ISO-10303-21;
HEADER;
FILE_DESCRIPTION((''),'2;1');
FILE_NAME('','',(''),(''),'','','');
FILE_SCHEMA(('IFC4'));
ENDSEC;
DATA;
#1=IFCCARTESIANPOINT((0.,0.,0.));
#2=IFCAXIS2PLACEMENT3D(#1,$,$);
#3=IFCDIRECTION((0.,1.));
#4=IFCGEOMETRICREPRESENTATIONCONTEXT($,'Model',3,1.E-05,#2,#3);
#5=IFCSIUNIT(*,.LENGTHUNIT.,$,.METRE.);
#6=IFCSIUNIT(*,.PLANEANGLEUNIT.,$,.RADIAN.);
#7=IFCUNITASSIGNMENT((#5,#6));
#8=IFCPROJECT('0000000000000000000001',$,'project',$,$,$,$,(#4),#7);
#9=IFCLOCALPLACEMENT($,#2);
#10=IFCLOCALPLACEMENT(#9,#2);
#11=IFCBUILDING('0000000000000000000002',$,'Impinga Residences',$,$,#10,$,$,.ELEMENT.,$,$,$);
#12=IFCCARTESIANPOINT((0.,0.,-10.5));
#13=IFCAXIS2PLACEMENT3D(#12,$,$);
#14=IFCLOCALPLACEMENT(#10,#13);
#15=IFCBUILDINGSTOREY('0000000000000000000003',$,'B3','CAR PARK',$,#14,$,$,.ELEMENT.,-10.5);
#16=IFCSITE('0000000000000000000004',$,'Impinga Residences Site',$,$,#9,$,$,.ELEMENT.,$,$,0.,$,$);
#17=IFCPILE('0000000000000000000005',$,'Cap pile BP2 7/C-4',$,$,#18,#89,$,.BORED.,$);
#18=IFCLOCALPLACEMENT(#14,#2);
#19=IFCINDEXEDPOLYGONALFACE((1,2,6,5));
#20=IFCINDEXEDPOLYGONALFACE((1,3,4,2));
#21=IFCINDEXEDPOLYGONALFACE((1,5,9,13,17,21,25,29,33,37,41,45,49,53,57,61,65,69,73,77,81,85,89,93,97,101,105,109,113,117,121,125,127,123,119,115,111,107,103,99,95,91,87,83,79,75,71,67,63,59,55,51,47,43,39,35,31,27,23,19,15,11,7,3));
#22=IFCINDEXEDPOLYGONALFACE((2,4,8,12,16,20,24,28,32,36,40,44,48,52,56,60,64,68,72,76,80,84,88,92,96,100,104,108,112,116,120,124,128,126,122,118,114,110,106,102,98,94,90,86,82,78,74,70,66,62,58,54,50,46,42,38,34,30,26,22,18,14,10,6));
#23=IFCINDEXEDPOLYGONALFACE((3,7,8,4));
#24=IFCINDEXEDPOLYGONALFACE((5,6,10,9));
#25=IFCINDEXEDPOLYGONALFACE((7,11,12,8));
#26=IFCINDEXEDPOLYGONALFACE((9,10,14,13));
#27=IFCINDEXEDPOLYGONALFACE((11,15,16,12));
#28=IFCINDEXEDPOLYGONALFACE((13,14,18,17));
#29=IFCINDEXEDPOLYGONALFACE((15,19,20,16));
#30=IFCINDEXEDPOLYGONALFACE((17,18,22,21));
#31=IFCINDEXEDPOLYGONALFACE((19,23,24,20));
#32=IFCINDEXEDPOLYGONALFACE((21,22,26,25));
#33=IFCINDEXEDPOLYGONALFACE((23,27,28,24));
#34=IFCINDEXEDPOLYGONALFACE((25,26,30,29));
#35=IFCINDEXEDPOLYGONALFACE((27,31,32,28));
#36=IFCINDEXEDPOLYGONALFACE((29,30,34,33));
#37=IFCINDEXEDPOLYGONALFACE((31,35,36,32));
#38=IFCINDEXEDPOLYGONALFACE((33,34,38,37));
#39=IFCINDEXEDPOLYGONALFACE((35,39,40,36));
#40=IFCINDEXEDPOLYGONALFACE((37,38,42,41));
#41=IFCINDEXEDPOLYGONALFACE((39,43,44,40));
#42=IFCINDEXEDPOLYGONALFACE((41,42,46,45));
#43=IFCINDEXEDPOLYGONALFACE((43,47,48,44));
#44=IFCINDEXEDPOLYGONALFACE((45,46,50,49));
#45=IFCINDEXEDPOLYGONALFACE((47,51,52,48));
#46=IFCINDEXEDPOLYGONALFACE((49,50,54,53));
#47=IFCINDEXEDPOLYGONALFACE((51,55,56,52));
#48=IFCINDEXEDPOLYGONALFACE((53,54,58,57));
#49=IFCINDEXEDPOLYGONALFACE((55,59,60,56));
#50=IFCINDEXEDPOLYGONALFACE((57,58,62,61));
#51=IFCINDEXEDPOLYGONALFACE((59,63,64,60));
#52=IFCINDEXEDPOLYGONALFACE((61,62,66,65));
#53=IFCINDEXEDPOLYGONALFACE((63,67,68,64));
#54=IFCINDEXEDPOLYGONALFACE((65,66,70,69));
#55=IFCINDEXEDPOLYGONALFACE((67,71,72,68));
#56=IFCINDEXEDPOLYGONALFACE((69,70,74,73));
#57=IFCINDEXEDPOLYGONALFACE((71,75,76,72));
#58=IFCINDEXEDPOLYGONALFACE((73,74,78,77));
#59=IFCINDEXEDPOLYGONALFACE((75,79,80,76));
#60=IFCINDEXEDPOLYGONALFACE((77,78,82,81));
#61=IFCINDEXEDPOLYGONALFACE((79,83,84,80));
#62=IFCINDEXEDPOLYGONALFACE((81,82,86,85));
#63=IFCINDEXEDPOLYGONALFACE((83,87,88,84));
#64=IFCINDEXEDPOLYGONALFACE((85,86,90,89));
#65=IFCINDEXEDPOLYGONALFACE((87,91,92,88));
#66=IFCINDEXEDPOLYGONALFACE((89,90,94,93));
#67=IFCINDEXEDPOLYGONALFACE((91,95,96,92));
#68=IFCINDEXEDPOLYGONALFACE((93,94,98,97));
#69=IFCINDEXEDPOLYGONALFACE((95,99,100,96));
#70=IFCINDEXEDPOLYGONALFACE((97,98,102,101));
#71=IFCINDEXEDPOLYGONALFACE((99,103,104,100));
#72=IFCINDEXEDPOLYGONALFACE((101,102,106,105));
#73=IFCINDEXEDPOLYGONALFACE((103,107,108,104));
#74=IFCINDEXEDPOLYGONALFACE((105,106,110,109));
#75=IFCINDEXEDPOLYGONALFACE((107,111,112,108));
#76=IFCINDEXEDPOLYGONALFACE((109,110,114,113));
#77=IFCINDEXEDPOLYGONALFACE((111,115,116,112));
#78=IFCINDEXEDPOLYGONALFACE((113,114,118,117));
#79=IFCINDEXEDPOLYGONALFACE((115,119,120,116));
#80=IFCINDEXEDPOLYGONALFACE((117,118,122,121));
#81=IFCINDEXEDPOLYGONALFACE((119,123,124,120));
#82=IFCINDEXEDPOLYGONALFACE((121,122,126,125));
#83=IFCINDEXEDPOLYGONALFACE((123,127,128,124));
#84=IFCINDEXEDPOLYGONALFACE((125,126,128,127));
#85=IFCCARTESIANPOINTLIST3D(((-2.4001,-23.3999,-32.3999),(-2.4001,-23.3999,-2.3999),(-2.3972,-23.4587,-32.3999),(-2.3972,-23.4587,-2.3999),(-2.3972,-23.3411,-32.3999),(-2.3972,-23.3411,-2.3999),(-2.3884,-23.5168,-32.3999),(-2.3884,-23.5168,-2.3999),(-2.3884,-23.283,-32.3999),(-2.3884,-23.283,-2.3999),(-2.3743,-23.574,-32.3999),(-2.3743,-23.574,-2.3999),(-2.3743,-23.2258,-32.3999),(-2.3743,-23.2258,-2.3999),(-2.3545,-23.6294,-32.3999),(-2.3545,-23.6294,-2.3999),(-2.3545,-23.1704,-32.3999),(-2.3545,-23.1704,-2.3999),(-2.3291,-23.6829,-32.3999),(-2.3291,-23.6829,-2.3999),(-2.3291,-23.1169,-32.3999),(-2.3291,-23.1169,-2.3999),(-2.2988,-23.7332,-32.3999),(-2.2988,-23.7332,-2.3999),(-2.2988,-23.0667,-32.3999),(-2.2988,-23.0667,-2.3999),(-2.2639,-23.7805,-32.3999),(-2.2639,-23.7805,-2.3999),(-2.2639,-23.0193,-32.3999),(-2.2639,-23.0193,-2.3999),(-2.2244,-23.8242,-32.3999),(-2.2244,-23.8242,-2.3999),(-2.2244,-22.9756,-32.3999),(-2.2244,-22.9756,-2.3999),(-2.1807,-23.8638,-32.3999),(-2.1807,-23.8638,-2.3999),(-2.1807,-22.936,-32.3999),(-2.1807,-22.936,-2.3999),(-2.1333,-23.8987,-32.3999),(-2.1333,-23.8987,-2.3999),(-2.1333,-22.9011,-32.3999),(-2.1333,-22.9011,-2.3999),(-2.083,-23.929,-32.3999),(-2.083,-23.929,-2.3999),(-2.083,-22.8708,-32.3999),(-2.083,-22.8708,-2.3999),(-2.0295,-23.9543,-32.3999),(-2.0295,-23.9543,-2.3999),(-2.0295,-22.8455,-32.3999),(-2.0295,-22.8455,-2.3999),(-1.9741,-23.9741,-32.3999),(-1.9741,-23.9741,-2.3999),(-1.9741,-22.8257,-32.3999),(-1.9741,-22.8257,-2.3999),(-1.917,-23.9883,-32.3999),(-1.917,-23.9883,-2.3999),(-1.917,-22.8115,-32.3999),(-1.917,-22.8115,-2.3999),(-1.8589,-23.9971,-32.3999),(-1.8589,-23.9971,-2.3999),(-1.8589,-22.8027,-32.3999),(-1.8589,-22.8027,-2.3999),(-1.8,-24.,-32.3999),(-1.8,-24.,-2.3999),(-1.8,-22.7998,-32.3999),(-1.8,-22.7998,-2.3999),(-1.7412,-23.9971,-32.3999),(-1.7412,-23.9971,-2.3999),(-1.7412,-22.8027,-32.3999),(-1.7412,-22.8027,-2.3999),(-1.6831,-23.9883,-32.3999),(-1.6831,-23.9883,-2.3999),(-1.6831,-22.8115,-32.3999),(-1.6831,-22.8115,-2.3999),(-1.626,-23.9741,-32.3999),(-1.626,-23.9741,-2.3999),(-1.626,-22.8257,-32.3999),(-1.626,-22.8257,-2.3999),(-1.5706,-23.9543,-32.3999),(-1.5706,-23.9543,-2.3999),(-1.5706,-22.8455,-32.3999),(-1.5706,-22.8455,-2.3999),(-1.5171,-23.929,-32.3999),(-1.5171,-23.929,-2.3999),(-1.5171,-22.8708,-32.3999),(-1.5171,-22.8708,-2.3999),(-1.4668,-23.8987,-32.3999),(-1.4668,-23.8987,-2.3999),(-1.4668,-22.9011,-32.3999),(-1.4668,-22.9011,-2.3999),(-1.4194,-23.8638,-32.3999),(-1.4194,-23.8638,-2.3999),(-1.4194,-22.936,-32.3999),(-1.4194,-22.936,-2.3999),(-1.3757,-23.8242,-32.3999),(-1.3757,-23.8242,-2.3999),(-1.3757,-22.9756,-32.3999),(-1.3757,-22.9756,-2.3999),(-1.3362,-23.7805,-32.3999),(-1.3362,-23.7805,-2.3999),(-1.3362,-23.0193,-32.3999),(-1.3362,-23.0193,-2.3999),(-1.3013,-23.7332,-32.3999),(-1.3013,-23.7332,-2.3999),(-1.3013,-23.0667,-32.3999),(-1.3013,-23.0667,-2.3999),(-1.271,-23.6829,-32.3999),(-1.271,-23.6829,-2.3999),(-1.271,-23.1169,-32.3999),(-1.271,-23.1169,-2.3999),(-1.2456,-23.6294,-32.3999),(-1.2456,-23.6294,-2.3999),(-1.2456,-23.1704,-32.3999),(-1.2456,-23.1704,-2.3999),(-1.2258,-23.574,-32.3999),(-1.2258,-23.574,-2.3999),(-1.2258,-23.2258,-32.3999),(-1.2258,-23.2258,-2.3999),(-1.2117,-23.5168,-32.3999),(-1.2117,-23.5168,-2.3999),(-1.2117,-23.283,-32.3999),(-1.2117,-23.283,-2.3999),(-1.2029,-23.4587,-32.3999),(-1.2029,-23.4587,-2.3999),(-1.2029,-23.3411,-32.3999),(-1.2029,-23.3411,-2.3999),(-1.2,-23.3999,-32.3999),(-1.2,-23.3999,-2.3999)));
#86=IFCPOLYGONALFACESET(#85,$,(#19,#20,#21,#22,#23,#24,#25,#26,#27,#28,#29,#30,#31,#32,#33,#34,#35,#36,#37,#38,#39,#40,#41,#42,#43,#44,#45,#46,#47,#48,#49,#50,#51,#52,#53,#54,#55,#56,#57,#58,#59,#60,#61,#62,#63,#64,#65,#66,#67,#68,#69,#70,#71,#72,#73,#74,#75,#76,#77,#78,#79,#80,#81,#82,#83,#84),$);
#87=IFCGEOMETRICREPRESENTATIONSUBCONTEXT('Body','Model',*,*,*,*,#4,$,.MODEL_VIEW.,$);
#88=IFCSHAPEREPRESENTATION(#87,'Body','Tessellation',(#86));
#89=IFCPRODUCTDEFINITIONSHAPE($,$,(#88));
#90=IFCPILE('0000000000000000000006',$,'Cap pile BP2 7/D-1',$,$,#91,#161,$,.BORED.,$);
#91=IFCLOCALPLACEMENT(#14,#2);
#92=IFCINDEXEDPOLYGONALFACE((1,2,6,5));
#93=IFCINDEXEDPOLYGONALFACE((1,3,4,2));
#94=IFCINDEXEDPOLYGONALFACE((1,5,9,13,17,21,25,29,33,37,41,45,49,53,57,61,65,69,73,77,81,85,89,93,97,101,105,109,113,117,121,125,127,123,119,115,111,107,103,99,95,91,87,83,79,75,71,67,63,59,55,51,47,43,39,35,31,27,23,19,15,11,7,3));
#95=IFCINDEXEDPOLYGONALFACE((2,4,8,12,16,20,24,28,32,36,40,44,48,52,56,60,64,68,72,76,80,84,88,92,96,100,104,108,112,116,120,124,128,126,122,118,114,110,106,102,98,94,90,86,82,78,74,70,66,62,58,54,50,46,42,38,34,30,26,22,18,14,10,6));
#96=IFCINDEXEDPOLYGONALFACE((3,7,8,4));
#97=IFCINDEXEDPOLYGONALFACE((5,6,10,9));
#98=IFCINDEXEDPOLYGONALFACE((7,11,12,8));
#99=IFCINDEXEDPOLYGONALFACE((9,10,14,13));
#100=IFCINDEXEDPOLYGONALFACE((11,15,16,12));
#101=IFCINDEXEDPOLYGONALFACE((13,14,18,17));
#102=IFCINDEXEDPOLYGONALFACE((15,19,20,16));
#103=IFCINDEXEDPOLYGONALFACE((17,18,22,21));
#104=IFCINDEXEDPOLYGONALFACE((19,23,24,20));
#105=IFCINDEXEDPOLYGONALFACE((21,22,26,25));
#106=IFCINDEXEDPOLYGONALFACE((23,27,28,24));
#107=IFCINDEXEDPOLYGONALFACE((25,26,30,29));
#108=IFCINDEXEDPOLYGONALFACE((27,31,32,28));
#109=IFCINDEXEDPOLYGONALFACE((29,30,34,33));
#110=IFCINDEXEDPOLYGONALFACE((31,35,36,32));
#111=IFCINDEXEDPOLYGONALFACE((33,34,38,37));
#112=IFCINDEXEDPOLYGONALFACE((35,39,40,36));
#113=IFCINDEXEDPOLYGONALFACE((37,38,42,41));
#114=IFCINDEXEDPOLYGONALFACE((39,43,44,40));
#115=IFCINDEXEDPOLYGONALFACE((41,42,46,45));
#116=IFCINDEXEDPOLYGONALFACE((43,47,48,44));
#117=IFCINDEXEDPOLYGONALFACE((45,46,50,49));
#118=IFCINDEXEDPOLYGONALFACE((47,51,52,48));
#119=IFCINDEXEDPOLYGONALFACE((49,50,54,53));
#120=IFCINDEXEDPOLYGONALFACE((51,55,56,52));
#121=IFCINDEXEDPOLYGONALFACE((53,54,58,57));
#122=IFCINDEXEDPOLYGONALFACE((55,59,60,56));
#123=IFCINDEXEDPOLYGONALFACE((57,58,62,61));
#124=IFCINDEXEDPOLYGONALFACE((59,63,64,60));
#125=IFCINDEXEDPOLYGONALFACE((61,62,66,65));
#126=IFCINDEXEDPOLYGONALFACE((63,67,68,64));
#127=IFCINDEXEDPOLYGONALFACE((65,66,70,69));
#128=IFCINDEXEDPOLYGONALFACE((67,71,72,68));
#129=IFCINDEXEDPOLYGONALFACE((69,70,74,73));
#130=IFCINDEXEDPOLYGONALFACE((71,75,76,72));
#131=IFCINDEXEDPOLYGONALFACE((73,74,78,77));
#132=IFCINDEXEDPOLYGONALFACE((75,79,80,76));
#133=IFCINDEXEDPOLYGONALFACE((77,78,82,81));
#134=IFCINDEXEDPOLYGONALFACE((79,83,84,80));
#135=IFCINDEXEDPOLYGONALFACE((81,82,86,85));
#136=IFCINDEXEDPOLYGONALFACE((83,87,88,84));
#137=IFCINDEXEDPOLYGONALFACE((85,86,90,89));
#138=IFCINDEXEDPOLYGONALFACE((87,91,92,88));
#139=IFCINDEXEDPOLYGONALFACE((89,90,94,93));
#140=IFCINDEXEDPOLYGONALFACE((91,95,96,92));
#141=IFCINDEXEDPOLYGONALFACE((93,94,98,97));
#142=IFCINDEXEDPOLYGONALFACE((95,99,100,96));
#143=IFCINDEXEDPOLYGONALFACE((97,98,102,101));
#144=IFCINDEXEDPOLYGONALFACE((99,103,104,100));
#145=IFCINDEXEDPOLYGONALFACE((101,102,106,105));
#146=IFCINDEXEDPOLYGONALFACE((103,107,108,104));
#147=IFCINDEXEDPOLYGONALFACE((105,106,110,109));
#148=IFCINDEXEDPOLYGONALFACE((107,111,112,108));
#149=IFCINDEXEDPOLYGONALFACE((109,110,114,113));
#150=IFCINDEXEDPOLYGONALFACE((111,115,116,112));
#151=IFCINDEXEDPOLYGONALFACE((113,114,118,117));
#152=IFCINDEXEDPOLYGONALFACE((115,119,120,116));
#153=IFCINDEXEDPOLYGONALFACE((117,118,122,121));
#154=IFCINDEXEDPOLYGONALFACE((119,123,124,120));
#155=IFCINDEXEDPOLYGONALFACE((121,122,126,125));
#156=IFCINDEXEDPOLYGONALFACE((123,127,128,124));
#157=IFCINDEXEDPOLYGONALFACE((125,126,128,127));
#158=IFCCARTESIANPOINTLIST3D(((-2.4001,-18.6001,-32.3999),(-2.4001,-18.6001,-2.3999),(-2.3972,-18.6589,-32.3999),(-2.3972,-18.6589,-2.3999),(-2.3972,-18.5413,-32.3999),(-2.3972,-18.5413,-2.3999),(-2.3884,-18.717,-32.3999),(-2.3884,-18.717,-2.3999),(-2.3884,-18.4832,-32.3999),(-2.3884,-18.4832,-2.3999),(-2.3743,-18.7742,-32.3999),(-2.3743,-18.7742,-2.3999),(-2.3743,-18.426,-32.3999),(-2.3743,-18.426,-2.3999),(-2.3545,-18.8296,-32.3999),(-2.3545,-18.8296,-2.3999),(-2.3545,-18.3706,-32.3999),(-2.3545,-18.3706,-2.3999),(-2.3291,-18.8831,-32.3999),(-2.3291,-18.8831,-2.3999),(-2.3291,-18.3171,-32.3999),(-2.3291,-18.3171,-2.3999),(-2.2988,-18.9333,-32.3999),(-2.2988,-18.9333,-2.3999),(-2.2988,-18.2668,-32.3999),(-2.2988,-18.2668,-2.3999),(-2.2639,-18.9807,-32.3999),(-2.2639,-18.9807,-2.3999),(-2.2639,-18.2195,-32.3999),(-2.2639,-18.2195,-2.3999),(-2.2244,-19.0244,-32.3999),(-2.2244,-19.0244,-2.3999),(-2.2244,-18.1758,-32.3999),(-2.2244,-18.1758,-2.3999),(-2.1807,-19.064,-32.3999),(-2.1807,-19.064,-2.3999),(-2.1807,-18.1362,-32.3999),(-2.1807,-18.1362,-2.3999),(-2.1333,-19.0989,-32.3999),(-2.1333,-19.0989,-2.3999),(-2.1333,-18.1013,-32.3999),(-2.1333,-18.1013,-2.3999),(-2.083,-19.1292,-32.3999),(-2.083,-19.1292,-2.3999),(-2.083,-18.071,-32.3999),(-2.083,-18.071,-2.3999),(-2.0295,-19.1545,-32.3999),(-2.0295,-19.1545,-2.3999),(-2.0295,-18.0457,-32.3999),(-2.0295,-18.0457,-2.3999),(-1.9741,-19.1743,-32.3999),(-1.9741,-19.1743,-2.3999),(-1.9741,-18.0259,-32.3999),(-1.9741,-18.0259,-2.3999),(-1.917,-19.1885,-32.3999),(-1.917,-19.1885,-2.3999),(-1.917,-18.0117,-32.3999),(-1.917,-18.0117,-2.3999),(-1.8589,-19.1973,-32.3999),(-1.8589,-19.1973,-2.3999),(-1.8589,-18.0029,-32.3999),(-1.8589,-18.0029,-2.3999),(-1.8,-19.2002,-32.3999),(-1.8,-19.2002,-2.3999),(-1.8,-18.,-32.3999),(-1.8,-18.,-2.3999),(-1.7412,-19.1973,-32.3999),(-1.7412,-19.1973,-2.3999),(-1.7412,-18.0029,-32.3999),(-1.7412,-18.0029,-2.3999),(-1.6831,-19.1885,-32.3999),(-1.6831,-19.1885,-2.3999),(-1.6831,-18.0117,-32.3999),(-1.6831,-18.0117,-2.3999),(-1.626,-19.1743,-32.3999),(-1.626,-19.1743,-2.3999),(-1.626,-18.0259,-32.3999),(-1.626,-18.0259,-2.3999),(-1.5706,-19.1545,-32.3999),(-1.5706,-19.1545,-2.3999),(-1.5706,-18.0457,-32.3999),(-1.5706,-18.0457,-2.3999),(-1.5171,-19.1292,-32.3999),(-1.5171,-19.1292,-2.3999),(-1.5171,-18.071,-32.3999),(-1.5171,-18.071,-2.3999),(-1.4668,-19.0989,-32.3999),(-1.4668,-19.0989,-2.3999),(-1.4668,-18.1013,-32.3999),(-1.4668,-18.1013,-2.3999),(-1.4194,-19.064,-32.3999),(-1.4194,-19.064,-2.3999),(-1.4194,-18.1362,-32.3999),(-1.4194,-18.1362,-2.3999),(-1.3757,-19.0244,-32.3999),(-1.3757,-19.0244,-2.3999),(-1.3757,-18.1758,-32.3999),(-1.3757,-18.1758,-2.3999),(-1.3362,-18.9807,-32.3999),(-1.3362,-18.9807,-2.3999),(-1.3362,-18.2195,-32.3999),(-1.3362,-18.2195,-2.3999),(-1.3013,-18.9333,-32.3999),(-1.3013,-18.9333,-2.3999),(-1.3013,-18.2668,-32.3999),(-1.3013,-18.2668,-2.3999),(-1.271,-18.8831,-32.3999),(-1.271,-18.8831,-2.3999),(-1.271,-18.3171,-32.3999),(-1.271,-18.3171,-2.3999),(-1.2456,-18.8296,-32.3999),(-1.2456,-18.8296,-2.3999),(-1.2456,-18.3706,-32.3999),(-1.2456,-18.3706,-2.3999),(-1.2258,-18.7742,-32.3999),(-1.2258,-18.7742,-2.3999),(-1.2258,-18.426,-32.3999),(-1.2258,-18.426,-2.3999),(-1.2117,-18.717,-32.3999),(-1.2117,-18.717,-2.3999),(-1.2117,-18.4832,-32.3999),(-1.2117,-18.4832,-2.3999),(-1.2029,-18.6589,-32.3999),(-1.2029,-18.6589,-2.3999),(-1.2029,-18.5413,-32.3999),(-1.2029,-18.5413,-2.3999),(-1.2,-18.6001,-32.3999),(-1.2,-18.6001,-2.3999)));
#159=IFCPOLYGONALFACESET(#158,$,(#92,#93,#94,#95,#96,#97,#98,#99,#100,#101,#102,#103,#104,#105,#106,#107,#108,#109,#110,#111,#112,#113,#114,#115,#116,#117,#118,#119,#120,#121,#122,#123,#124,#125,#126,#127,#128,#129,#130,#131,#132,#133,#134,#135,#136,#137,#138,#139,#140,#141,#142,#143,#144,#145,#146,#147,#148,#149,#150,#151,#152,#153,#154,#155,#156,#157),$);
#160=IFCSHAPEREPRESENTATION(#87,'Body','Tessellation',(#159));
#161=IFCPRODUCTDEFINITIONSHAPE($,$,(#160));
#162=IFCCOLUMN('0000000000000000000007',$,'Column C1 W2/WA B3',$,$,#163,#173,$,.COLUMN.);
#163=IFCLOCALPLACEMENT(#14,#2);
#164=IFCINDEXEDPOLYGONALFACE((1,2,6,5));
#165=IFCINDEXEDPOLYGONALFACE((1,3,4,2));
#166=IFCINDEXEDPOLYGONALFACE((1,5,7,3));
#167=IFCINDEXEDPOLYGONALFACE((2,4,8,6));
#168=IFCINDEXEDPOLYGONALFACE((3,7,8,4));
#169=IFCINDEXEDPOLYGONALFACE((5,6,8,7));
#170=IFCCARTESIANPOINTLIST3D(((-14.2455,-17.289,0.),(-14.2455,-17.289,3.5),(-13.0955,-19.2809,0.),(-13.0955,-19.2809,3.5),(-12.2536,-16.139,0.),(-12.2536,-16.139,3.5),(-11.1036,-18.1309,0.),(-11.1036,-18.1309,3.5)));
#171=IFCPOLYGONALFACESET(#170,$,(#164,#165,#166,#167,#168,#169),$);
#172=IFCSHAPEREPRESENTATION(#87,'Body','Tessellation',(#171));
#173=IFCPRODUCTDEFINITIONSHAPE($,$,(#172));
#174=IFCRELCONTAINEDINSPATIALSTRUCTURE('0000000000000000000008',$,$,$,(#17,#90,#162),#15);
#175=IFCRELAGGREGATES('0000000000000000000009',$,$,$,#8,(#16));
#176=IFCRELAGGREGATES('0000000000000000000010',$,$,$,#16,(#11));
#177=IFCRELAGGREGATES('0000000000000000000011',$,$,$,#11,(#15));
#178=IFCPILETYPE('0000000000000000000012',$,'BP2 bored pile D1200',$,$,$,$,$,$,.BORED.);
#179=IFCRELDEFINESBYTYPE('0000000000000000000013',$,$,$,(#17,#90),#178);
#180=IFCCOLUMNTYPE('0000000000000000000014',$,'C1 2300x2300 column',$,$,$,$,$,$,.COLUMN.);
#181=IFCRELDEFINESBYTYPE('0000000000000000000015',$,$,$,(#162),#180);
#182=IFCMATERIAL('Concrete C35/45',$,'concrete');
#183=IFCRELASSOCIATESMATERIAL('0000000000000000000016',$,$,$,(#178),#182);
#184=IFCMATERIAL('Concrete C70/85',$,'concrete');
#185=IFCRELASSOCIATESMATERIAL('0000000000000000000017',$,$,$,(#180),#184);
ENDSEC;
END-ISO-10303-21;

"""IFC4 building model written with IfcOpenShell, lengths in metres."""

from ifc_helpers import new_model, si_unit, direction, frame, origin, origin_2d, place, context, subcontext, project, spatial, polyline, rectangle, circle, outline, extrude, material, material_profile, profile_set, type_object, element, save


model = new_model("IFC4")

# Units and contexts
model_context = context("Model", 3, precision=1e-05, world=origin(), true_north=direction((0.0, 1.0)))
body_context = subcontext(model_context, "Body", "Model", "MODEL_VIEW")
ifc_project = project(units=[si_unit("LENGTHUNIT", "METRE"), si_unit("PLANEANGLEUNIT", "RADIAN")], contexts=[model_context])

# Site, building, storey
site_placement = place(None, origin())
site = spatial("IfcSite", under=ifc_project, at=site_placement, Name="Impinga Residences Site", CompositionType="ELEMENT", RefElevation=0.0)
building_placement = place(site_placement, origin())
building = spatial("IfcBuilding", under=site, at=building_placement, Name="Impinga Residences", CompositionType="ELEMENT")
storey_placement = place(building_placement, frame((0.0, 0.0, -10.5)))
storey = spatial("IfcBuildingStorey", under=building, at=storey_placement, Name="B3", Description="CAR PARK", CompositionType="ELEMENT", Elevation=-10.5)

# Piles
ifc_material_1 = material(Name="Concrete C35/45", Category="concrete")
ifc_material_profile_1 = material_profile(ifc_material_1, circle(Radius=0.6001, at=origin_2d()), Name="D1200")
ifc_profile_set_1 = profile_set([ifc_material_profile_1], Name="Concrete C35/45")
pile_type_1 = type_object("IfcPileType", Name="BP2 bored pile D1200", PredefinedType="BORED", material=ifc_profile_set_1)
pile_1_placement = place(storey_placement, frame((-1.8, -23.3999, -2.3999), z_axis=(0.0, 0.0, -1.0), x_axis=(1.0, 0.0, 0.0)))
element("IfcPile", 1, at=pile_1_placement, inside=storey, type_object=pile_type_1, Name="Cap pile BP2 7/C-4", PredefinedType="BORED", context=body_context, shape_type="SweptSolid", body=[
    extrude(outline(polyline([(0.6001, 0.0), (0.5972, 0.0588), (0.5884, 0.1169), (0.5742, 0.1741), (0.5544, 0.2295), (0.5291, 0.283), (0.4988, 0.3333), (0.4639, 0.3806), (0.4243, 0.4243), (0.3806, 0.4639), (0.3333, 0.4988), (0.283, 0.5291), (0.2295, 0.5544), (0.1741, 0.5742), (0.1169, 0.5884), (0.0588, 0.5972), (0.0, 0.6001), (-0.0588, 0.5972), (-0.1169, 0.5884), (-0.1741, 0.5742), (-0.2295, 0.5544), (-0.283, 0.5291), (-0.3333, 0.4988), (-0.3806, 0.4639), (-0.4243, 0.4243), (-0.4639, 0.3806), (-0.4988, 0.3333), (-0.5291, 0.283), (-0.5544, 0.2295), (-0.5742, 0.1741), (-0.5884, 0.1169), (-0.5972, 0.0588), (-0.6001, 0.0), (-0.5972, -0.0588), (-0.5884, -0.1169), (-0.5742, -0.1741), (-0.5544, -0.2295), (-0.5291, -0.283), (-0.4988, -0.3333), (-0.4639, -0.3806), (-0.4243, -0.4243), (-0.3806, -0.4639), (-0.3333, -0.4988), (-0.283, -0.5291), (-0.2295, -0.5544), (-0.1741, -0.5742), (-0.1169, -0.5884), (-0.0588, -0.5972), (0.0, -0.6001), (0.0588, -0.5972), (0.1169, -0.5884), (0.1741, -0.5742), (0.2295, -0.5544), (0.283, -0.5291), (0.3333, -0.4988), (0.3806, -0.4639), (0.4243, -0.4243), (0.4639, -0.3806), (0.4988, -0.3333), (0.5291, -0.283), (0.5544, -0.2295), (0.5742, -0.1741), (0.5884, -0.1169), (0.5972, -0.0588), (0.6001, 0.0)])), origin(), (0.0, 0.0, 1.0), 30.0),
])
pile_2_placement = place(storey_placement, frame((-1.8, -18.6001, -2.3999), z_axis=(0.0, 0.0, -1.0), x_axis=(1.0, 0.0, 0.0)))
element("IfcPile", 2, at=pile_2_placement, inside=storey, type_object=pile_type_1, Name="Cap pile BP2 7/D-1", PredefinedType="BORED", context=body_context, shape_type="SweptSolid", body=[
    extrude(outline(polyline([(0.6001, 0.0), (0.5972, 0.0588), (0.5884, 0.1169), (0.5742, 0.1741), (0.5544, 0.2295), (0.5291, 0.283), (0.4988, 0.3333), (0.4639, 0.3806), (0.4243, 0.4243), (0.3806, 0.4639), (0.3333, 0.4988), (0.283, 0.5291), (0.2295, 0.5544), (0.1741, 0.5742), (0.1169, 0.5884), (0.0588, 0.5972), (0.0, 0.6001), (-0.0588, 0.5972), (-0.1169, 0.5884), (-0.1741, 0.5742), (-0.2295, 0.5544), (-0.283, 0.5291), (-0.3333, 0.4988), (-0.3806, 0.4639), (-0.4243, 0.4243), (-0.4639, 0.3806), (-0.4988, 0.3333), (-0.5291, 0.283), (-0.5544, 0.2295), (-0.5742, 0.1741), (-0.5884, 0.1169), (-0.5972, 0.0588), (-0.6001, 0.0), (-0.5972, -0.0588), (-0.5884, -0.1169), (-0.5742, -0.1741), (-0.5544, -0.2295), (-0.5291, -0.283), (-0.4988, -0.3333), (-0.4639, -0.3806), (-0.4243, -0.4243), (-0.3806, -0.4639), (-0.3333, -0.4988), (-0.283, -0.5291), (-0.2295, -0.5544), (-0.1741, -0.5742), (-0.1169, -0.5884), (-0.0588, -0.5972), (0.0, -0.6001), (0.0588, -0.5972), (0.1169, -0.5884), (0.1741, -0.5742), (0.2295, -0.5544), (0.283, -0.5291), (0.3333, -0.4988), (0.3806, -0.4639), (0.4243, -0.4243), (0.4639, -0.3806), (0.4988, -0.3333), (0.5291, -0.283), (0.5544, -0.2295), (0.5742, -0.1741), (0.5884, -0.1169), (0.5972, -0.0588), (0.6001, 0.0)])), origin(), (0.0, 0.0, 1.0), 30.0),
])

# Column
ifc_material_2 = material(Name="Concrete C70/85", Category="concrete")
ifc_material_profile_2 = material_profile(ifc_material_2, rectangle(XDim=2.3, YDim=2.3, at=origin_2d()), Name="RC 2300x2300")
ifc_profile_set_2 = profile_set([ifc_material_profile_2], Name="Concrete C70/85")
column_type_1 = type_object("IfcColumnType", Name="C1 2300x2300 column", PredefinedType="COLUMN", material=ifc_profile_set_2)
column_placement = place(storey_placement, frame((-12.6746, -17.71, 0.0), z_axis=(0.0, 0.0, 1.0), x_axis=(-0.5, 0.866025, 0.0)))
element("IfcColumn", 3, at=column_placement, inside=storey, type_object=column_type_1, Name="Column C1 W2/WA B3", PredefinedType="COLUMN", context=body_context, shape_type="SweptSolid", body=[
    extrude(rectangle(XDim=2.3, YDim=2.3, at=origin_2d()), origin(), (0.0, 0.0, 1.0), 3.5),
])

save(model, "model.ifc")
